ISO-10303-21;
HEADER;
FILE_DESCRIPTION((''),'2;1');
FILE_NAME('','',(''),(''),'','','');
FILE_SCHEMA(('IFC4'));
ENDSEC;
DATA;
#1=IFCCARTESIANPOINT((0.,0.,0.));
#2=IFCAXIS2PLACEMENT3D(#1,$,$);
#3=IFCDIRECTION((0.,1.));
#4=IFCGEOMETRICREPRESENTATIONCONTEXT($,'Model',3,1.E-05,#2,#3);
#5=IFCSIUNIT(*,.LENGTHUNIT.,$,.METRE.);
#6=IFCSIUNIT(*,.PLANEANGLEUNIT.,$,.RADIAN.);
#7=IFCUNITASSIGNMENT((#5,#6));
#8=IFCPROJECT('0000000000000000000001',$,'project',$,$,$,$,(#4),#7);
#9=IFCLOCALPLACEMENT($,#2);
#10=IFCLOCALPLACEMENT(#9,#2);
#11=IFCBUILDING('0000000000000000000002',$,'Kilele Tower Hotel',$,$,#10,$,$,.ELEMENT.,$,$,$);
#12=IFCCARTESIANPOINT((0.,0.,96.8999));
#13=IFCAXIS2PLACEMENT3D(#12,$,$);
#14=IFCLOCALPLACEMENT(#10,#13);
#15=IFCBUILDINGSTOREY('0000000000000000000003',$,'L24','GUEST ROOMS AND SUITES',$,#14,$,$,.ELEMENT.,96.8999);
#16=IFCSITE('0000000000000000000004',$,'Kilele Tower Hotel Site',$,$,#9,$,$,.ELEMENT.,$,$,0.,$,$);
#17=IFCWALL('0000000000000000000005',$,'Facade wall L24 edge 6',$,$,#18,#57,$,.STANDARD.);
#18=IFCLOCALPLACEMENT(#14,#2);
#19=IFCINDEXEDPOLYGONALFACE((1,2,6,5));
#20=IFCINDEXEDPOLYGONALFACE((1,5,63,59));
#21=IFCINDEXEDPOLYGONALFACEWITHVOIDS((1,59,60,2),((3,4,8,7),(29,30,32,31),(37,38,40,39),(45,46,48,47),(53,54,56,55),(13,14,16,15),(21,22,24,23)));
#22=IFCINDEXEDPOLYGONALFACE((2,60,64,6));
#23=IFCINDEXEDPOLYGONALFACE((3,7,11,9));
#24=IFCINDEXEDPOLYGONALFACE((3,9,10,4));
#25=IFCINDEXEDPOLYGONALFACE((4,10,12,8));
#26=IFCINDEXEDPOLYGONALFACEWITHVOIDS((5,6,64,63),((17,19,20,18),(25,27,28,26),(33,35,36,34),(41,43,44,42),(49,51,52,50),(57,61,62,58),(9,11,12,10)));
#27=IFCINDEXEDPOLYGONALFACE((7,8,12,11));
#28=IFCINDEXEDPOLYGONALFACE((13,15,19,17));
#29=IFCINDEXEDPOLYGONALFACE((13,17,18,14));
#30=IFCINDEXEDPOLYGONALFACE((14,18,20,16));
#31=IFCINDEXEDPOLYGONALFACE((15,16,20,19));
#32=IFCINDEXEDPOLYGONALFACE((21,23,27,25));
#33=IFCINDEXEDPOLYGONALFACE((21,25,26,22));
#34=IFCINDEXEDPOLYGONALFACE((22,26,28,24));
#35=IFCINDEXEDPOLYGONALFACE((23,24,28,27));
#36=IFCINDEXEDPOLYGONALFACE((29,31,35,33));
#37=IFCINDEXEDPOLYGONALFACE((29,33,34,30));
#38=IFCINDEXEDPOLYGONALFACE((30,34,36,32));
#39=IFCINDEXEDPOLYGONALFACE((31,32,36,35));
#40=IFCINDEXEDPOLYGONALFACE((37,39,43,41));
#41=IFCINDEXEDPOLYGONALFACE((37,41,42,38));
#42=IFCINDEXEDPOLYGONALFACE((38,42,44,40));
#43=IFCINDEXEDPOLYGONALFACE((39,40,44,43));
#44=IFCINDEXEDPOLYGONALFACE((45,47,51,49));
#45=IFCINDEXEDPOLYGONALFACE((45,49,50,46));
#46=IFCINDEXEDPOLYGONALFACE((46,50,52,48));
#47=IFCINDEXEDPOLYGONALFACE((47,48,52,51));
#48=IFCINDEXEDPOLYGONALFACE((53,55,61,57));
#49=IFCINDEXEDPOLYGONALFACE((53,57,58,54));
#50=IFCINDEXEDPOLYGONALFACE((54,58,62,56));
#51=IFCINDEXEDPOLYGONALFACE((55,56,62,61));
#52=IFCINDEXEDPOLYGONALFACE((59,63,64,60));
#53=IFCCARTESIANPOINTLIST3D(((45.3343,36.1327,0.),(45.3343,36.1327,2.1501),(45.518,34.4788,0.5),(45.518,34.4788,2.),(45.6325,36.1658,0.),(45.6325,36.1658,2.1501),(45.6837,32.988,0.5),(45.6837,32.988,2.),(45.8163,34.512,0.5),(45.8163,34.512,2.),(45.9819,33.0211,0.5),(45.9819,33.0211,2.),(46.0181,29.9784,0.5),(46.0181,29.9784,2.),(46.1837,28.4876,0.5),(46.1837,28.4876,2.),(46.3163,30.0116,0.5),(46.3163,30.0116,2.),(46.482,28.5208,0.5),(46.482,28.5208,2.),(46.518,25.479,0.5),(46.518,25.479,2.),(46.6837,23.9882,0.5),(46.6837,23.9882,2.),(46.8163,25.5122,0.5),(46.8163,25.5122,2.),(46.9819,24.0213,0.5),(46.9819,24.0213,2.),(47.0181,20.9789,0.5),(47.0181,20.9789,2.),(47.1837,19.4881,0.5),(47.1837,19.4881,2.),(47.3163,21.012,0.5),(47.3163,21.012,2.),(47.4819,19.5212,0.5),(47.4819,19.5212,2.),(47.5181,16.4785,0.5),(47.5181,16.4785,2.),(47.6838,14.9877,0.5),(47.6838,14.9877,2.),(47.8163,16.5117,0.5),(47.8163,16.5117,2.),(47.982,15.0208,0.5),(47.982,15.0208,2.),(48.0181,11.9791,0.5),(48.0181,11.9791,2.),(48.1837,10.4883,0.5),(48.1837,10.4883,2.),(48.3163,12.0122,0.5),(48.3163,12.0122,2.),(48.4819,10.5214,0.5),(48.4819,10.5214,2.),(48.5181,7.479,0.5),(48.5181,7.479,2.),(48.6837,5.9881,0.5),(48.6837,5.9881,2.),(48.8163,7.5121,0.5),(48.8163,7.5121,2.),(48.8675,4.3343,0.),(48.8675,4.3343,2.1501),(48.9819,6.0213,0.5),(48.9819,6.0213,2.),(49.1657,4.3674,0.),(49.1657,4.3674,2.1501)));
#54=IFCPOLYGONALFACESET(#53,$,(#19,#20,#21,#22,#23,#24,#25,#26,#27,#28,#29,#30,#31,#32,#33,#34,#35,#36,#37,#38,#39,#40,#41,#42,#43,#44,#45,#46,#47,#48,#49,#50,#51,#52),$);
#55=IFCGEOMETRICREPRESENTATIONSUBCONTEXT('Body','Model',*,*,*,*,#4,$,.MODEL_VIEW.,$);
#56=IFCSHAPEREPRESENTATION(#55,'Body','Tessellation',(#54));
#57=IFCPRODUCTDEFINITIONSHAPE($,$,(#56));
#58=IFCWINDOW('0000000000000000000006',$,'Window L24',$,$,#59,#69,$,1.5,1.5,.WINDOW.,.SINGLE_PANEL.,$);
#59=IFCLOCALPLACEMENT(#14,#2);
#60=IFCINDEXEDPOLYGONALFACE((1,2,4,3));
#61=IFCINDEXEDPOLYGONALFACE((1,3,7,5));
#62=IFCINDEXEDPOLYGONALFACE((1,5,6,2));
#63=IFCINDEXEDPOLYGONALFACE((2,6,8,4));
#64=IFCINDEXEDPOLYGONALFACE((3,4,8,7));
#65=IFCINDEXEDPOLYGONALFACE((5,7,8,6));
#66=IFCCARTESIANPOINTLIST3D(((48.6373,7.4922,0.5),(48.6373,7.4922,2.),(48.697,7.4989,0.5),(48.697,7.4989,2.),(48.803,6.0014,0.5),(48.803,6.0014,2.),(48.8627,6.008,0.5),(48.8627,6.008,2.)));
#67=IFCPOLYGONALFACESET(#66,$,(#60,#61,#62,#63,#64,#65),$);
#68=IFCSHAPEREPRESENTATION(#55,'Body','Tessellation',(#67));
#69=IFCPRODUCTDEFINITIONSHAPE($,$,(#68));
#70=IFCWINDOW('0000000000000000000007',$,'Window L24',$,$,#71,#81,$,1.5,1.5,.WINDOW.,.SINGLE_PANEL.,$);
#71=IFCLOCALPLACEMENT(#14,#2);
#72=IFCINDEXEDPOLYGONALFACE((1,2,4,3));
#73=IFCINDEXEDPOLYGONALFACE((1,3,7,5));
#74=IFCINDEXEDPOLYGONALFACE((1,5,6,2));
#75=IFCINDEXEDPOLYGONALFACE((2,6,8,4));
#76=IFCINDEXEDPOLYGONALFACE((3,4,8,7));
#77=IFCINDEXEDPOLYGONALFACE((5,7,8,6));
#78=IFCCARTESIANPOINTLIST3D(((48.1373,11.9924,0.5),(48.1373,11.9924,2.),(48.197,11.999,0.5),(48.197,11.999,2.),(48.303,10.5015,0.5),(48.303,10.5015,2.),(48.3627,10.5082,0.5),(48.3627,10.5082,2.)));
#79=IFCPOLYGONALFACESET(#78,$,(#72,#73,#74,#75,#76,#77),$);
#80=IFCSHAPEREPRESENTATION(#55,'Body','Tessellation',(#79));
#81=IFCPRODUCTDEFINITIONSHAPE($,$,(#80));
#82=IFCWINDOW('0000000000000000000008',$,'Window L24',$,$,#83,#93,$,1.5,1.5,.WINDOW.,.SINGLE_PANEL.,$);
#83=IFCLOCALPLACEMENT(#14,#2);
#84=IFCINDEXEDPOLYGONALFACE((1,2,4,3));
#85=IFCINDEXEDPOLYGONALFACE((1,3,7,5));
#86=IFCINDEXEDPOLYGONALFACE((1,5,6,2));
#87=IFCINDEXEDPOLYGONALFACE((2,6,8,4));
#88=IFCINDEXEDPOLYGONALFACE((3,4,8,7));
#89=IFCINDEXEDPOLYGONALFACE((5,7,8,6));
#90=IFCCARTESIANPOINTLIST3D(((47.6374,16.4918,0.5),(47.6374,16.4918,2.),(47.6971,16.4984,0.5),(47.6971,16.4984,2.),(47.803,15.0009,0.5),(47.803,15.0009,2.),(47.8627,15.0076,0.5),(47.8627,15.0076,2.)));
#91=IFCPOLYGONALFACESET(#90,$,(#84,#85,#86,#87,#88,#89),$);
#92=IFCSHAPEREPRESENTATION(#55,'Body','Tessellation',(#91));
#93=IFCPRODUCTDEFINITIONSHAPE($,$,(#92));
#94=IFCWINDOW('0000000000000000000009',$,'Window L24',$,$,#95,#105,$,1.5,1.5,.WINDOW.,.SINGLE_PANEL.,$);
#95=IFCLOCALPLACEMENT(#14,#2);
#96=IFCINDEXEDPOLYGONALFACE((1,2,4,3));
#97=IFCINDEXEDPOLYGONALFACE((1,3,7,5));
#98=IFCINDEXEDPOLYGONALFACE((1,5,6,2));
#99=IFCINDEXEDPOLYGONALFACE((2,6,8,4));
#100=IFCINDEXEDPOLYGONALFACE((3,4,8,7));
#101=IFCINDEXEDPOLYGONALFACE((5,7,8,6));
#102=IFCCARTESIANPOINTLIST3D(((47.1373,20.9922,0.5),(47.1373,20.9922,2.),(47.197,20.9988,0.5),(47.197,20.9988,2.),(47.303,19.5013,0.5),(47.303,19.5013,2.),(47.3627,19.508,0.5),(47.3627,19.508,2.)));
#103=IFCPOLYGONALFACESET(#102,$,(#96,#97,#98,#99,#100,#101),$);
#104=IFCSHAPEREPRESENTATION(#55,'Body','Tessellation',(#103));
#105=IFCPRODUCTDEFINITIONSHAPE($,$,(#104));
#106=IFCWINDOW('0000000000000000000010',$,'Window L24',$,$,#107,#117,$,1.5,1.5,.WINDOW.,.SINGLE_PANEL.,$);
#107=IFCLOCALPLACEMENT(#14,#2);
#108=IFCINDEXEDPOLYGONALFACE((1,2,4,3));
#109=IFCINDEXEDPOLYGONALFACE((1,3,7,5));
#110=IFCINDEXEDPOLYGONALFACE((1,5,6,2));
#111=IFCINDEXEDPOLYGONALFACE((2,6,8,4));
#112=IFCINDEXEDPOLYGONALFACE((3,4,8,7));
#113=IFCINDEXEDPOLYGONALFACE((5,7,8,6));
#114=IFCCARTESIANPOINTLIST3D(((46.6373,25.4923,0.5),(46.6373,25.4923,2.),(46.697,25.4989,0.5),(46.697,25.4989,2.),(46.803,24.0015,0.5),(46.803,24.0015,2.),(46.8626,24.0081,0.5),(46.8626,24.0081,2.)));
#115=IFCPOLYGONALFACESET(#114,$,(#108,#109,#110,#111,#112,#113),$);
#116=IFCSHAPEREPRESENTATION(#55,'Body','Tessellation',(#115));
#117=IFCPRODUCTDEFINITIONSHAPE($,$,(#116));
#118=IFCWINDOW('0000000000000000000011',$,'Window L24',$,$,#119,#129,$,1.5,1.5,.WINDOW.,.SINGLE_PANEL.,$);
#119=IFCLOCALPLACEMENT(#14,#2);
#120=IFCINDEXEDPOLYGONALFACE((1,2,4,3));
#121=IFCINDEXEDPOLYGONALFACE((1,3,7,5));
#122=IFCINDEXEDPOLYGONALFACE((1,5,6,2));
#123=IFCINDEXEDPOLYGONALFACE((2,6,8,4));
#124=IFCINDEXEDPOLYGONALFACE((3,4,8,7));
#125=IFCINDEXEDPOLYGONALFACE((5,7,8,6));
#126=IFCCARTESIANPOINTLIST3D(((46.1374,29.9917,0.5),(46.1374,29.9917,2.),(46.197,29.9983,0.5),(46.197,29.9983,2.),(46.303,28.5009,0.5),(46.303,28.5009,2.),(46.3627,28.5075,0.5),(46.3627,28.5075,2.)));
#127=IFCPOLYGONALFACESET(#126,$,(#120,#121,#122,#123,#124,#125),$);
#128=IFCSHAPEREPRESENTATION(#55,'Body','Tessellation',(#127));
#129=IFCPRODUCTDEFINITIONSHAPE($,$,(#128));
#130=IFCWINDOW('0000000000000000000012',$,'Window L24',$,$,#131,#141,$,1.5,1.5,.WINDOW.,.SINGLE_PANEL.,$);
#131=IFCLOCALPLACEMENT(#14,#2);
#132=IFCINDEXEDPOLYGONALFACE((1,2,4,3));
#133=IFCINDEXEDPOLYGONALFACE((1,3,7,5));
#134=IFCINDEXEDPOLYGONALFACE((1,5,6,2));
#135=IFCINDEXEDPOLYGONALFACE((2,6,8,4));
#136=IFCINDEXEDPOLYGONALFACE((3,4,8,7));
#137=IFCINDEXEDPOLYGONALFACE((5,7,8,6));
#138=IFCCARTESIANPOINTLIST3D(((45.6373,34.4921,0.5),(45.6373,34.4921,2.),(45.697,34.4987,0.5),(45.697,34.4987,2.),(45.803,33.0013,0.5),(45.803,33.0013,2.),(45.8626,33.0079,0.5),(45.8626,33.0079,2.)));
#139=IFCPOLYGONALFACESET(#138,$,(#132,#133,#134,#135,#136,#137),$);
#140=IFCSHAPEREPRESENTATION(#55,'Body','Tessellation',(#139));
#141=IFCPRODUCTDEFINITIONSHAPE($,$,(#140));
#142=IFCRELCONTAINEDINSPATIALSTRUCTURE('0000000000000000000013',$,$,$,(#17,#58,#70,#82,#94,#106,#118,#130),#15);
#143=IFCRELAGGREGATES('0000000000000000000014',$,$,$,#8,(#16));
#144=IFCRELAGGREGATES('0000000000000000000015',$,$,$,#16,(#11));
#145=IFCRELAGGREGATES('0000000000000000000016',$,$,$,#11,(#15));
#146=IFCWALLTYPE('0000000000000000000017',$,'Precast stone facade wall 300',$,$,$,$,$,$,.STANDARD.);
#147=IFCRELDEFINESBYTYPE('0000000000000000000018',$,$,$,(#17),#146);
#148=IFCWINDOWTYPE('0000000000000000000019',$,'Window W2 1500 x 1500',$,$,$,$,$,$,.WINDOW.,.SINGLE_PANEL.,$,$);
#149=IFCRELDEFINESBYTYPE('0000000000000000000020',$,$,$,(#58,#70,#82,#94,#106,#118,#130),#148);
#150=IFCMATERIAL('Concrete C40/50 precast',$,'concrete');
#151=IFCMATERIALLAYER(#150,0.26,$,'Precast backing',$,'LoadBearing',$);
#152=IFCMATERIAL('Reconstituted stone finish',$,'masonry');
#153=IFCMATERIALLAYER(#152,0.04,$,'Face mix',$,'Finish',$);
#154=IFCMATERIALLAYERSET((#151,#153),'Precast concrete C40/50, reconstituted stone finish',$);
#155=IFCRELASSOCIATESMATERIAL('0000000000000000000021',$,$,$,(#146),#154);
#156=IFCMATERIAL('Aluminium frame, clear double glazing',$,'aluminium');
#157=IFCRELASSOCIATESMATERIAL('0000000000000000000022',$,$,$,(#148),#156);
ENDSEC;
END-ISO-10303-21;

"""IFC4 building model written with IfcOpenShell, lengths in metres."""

from ifc_helpers import new_model, si_unit, direction, frame, frame_2d, origin, place, context, subcontext, project, spatial, rectangle, extrude, material, layer, layer_set, type_object, element, fill, save


model = new_model("IFC4")

# Units and contexts
model_context = context("Model", 3, precision=1e-05, world=origin(), true_north=direction((0.0, 1.0)))
body_context = subcontext(model_context, "Body", "Model", "MODEL_VIEW")
ifc_project = project(units=[si_unit("LENGTHUNIT", "METRE"), si_unit("PLANEANGLEUNIT", "RADIAN")], contexts=[model_context])

# Site, building, storey
site_placement = place(None, origin())
site = spatial("IfcSite", under=ifc_project, at=site_placement, Name="Kilele Tower Hotel Site", CompositionType="ELEMENT", RefElevation=0.0)
building_placement = place(site_placement, origin())
building = spatial("IfcBuilding", under=site, at=building_placement, Name="Kilele Tower Hotel", CompositionType="ELEMENT")
storey_placement = place(building_placement, frame((0.0, 0.0, 96.8999)))
storey = spatial("IfcBuildingStorey", under=building, at=storey_placement, Name="L24", Description="GUEST ROOMS AND SUITES", CompositionType="ELEMENT", Elevation=96.8999)

# Shared definitions
ifc_material_1 = material(Name="Concrete C40/50 precast", Category="concrete")
ifc_layer_1 = layer(ifc_material_1, 0.26, Name="Precast backing", Category="LoadBearing")
ifc_material_2 = material(Name="Reconstituted stone finish", Category="masonry")
ifc_layer_2 = layer(ifc_material_2, 0.04, Name="Face mix", Category="Finish")
ifc_layer_set_1 = layer_set([ifc_layer_1, ifc_layer_2], Name="Precast concrete C40/50, reconstituted stone finish")
wall_type_1 = type_object("IfcWallType", Name="Precast stone facade wall 300", PredefinedType="STANDARD", material=ifc_layer_set_1)
ifc_material_3 = material(Name="Aluminium frame, clear double glazing", Category="aluminium")
window_type = type_object("IfcWindowType", Name="Window W2 1500 x 1500", PartitioningType="SINGLE_PANEL", PredefinedType="WINDOW", material=ifc_material_3)

# Wall, openings, windows
wall_1_placement = place(storey_placement, frame((49.0166, 4.3508, 0.0), z_axis=(0.0, 0.0, 1.0), x_axis=(-0.110433, 0.993884, 0.0)))
wall_1 = element("IfcWall", 1, at=wall_1_placement, inside=storey, type_object=wall_type_1, Name="Facade wall L24 edge 6", PredefinedType="STANDARD", context=body_context, shape_type="SweptSolid", body=[
    extrude(rectangle(XDim=31.9941, YDim=0.3, at=frame_2d((15.9971, 0.0))), origin(), (0.0, 0.0, 1.0), 2.1501),
])
opening_1_placement = place(wall_1_placement, frame((1.6641, 0.0, 0.5)))
opening_1 = element("IfcOpeningElement", 2, at=opening_1_placement, cuts=wall_1, PredefinedType="OPENING", context=body_context, shape_type="SweptSolid", body=[
    extrude(rectangle(XDim=1.5, YDim=1.5, at=frame_2d((0.75, 0.75))), frame((0.0, 0.1599, 0.0), z_axis=(0.0, -1.0, 0.0), x_axis=(1.0, 0.0, 0.0)), (0.0, 0.0, 1.0), 0.3201),
])
opening_2_placement = place(wall_1_placement, frame((6.1919, 0.0, 0.5)))
opening_2 = element("IfcOpeningElement", 3, at=opening_2_placement, cuts=wall_1, PredefinedType="OPENING", context=body_context, shape_type="SweptSolid", body=[
    extrude(rectangle(XDim=1.5, YDim=1.5, at=frame_2d((0.75, 0.75))), frame((0.0, 0.1599, 0.0), z_axis=(0.0, -1.0, 0.0), x_axis=(1.0, 0.0, 0.0)), (0.0, 0.0, 1.0), 0.3201),
])
opening_3_placement = place(wall_1_placement, frame((10.719, 0.0, 0.5)))
opening_3 = element("IfcOpeningElement", 4, at=opening_3_placement, cuts=wall_1, PredefinedType="OPENING", context=body_context, shape_type="SweptSolid", body=[
    extrude(rectangle(XDim=1.5, YDim=1.5, at=frame_2d((0.75, 0.75))), frame((0.0, 0.1599, 0.0), z_axis=(0.0, -1.0, 0.0), x_axis=(1.0, 0.0, 0.0)), (0.0, 0.0, 1.0), 0.3201),
])
opening_4_placement = place(wall_1_placement, frame((15.2471, 0.0, 0.5)))
opening_4 = element("IfcOpeningElement", 5, at=opening_4_placement, cuts=wall_1, PredefinedType="OPENING", context=body_context, shape_type="SweptSolid", body=[
    extrude(rectangle(XDim=1.5, YDim=1.5, at=frame_2d((0.75, 0.75))), frame((0.0, 0.1599, 0.0), z_axis=(0.0, -1.0, 0.0), x_axis=(1.0, 0.0, 0.0)), (0.0, 0.0, 1.0), 0.3201),
])
opening_5_placement = place(wall_1_placement, frame((19.7749, 0.0, 0.5)))
opening_5 = element("IfcOpeningElement", 6, at=opening_5_placement, cuts=wall_1, PredefinedType="OPENING", context=body_context, shape_type="SweptSolid", body=[
    extrude(rectangle(XDim=1.5, YDim=1.5, at=frame_2d((0.75, 0.75))), frame((0.0, 0.1599, 0.0), z_axis=(0.0, -1.0, 0.0), x_axis=(1.0, 0.0, 0.0)), (0.0, 0.0, 1.0), 0.3201),
])
opening_6_placement = place(wall_1_placement, frame((24.302, 0.0, 0.5)))
opening_6 = element("IfcOpeningElement", 7, at=opening_6_placement, cuts=wall_1, PredefinedType="OPENING", context=body_context, shape_type="SweptSolid", body=[
    extrude(rectangle(XDim=1.5, YDim=1.5, at=frame_2d((0.75, 0.75))), frame((0.0, 0.1599, 0.0), z_axis=(0.0, -1.0, 0.0), x_axis=(1.0, 0.0, 0.0)), (0.0, 0.0, 1.0), 0.3201),
])
opening_7_placement = place(wall_1_placement, frame((28.8301, 0.0, 0.5)))
opening_7 = element("IfcOpeningElement", 8, at=opening_7_placement, cuts=wall_1, PredefinedType="OPENING", context=body_context, shape_type="SweptSolid", body=[
    extrude(rectangle(XDim=1.5, YDim=1.5, at=frame_2d((0.75, 0.75))), frame((0.0, 0.1599, 0.0), z_axis=(0.0, -1.0, 0.0), x_axis=(1.0, 0.0, 0.0)), (0.0, 0.0, 1.0), 0.3201),
])
window_1_placement = place(opening_1_placement, origin())
window_1 = element("IfcWindow", 9, at=window_1_placement, inside=storey, type_object=window_type, Name="Window L24", OverallHeight=1.5, OverallWidth=1.5, PartitioningType="SINGLE_PANEL", PredefinedType="WINDOW", context=body_context, shape_type="SweptSolid", body=[
    extrude(rectangle(XDim=1.5, YDim=1.5, at=frame_2d((0.75, 0.75))), frame((0.0, 0.03, 0.0), z_axis=(0.0, -1.0, 0.0), x_axis=(1.0, 0.0, 0.0)), (0.0, 0.0, 1.0), 0.0601),
])
fill(opening_1, window_1)
window_2_placement = place(opening_2_placement, origin())
window_2 = element("IfcWindow", 10, at=window_2_placement, inside=storey, type_object=window_type, Name="Window L24", OverallHeight=1.5, OverallWidth=1.5, PartitioningType="SINGLE_PANEL", PredefinedType="WINDOW", context=body_context, shape_type="SweptSolid", body=[
    extrude(rectangle(XDim=1.5, YDim=1.5, at=frame_2d((0.75, 0.75))), frame((0.0, 0.03, 0.0), z_axis=(0.0, -1.0, 0.0), x_axis=(1.0, 0.0, 0.0)), (0.0, 0.0, 1.0), 0.0601),
])
fill(opening_2, window_2)
window_3_placement = place(opening_3_placement, origin())
window_3 = element("IfcWindow", 11, at=window_3_placement, inside=storey, type_object=window_type, Name="Window L24", OverallHeight=1.5, OverallWidth=1.5, PartitioningType="SINGLE_PANEL", PredefinedType="WINDOW", context=body_context, shape_type="SweptSolid", body=[
    extrude(rectangle(XDim=1.5, YDim=1.5, at=frame_2d((0.75, 0.75))), frame((0.0, 0.03, 0.0), z_axis=(0.0, -1.0, 0.0), x_axis=(1.0, 0.0, 0.0)), (0.0, 0.0, 1.0), 0.0601),
])
fill(opening_3, window_3)
window_4_placement = place(opening_4_placement, origin())
window_4 = element("IfcWindow", 12, at=window_4_placement, inside=storey, type_object=window_type, Name="Window L24", OverallHeight=1.5, OverallWidth=1.5, PartitioningType="SINGLE_PANEL", PredefinedType="WINDOW", context=body_context, shape_type="SweptSolid", body=[
    extrude(rectangle(XDim=1.5, YDim=1.5, at=frame_2d((0.75, 0.75))), frame((0.0, 0.03, 0.0), z_axis=(0.0, -1.0, 0.0), x_axis=(1.0, 0.0, 0.0)), (0.0, 0.0, 1.0), 0.0601),
])
fill(opening_4, window_4)
window_5_placement = place(opening_5_placement, origin())
window_5 = element("IfcWindow", 13, at=window_5_placement, inside=storey, type_object=window_type, Name="Window L24", OverallHeight=1.5, OverallWidth=1.5, PartitioningType="SINGLE_PANEL", PredefinedType="WINDOW", context=body_context, shape_type="SweptSolid", body=[
    extrude(rectangle(XDim=1.5, YDim=1.5, at=frame_2d((0.75, 0.75))), frame((0.0, 0.03, 0.0), z_axis=(0.0, -1.0, 0.0), x_axis=(1.0, 0.0, 0.0)), (0.0, 0.0, 1.0), 0.0601),
])
fill(opening_5, window_5)
window_6_placement = place(opening_6_placement, origin())
window_6 = element("IfcWindow", 14, at=window_6_placement, inside=storey, type_object=window_type, Name="Window L24", OverallHeight=1.5, OverallWidth=1.5, PartitioningType="SINGLE_PANEL", PredefinedType="WINDOW", context=body_context, shape_type="SweptSolid", body=[
    extrude(rectangle(XDim=1.5, YDim=1.5, at=frame_2d((0.75, 0.75))), frame((0.0, 0.03, 0.0), z_axis=(0.0, -1.0, 0.0), x_axis=(1.0, 0.0, 0.0)), (0.0, 0.0, 1.0), 0.0601),
])
fill(opening_6, window_6)
window_7_placement = place(opening_7_placement, origin())
window_7 = element("IfcWindow", 15, at=window_7_placement, inside=storey, type_object=window_type, Name="Window L24", OverallHeight=1.5, OverallWidth=1.5, PartitioningType="SINGLE_PANEL", PredefinedType="WINDOW", context=body_context, shape_type="SweptSolid", body=[
    extrude(rectangle(XDim=1.5, YDim=1.5, at=frame_2d((0.75, 0.75))), frame((0.0, 0.03, 0.0), z_axis=(0.0, -1.0, 0.0), x_axis=(1.0, 0.0, 0.0)), (0.0, 0.0, 1.0), 0.0601),
])
fill(opening_7, window_7)

save(model, "model.ifc")
